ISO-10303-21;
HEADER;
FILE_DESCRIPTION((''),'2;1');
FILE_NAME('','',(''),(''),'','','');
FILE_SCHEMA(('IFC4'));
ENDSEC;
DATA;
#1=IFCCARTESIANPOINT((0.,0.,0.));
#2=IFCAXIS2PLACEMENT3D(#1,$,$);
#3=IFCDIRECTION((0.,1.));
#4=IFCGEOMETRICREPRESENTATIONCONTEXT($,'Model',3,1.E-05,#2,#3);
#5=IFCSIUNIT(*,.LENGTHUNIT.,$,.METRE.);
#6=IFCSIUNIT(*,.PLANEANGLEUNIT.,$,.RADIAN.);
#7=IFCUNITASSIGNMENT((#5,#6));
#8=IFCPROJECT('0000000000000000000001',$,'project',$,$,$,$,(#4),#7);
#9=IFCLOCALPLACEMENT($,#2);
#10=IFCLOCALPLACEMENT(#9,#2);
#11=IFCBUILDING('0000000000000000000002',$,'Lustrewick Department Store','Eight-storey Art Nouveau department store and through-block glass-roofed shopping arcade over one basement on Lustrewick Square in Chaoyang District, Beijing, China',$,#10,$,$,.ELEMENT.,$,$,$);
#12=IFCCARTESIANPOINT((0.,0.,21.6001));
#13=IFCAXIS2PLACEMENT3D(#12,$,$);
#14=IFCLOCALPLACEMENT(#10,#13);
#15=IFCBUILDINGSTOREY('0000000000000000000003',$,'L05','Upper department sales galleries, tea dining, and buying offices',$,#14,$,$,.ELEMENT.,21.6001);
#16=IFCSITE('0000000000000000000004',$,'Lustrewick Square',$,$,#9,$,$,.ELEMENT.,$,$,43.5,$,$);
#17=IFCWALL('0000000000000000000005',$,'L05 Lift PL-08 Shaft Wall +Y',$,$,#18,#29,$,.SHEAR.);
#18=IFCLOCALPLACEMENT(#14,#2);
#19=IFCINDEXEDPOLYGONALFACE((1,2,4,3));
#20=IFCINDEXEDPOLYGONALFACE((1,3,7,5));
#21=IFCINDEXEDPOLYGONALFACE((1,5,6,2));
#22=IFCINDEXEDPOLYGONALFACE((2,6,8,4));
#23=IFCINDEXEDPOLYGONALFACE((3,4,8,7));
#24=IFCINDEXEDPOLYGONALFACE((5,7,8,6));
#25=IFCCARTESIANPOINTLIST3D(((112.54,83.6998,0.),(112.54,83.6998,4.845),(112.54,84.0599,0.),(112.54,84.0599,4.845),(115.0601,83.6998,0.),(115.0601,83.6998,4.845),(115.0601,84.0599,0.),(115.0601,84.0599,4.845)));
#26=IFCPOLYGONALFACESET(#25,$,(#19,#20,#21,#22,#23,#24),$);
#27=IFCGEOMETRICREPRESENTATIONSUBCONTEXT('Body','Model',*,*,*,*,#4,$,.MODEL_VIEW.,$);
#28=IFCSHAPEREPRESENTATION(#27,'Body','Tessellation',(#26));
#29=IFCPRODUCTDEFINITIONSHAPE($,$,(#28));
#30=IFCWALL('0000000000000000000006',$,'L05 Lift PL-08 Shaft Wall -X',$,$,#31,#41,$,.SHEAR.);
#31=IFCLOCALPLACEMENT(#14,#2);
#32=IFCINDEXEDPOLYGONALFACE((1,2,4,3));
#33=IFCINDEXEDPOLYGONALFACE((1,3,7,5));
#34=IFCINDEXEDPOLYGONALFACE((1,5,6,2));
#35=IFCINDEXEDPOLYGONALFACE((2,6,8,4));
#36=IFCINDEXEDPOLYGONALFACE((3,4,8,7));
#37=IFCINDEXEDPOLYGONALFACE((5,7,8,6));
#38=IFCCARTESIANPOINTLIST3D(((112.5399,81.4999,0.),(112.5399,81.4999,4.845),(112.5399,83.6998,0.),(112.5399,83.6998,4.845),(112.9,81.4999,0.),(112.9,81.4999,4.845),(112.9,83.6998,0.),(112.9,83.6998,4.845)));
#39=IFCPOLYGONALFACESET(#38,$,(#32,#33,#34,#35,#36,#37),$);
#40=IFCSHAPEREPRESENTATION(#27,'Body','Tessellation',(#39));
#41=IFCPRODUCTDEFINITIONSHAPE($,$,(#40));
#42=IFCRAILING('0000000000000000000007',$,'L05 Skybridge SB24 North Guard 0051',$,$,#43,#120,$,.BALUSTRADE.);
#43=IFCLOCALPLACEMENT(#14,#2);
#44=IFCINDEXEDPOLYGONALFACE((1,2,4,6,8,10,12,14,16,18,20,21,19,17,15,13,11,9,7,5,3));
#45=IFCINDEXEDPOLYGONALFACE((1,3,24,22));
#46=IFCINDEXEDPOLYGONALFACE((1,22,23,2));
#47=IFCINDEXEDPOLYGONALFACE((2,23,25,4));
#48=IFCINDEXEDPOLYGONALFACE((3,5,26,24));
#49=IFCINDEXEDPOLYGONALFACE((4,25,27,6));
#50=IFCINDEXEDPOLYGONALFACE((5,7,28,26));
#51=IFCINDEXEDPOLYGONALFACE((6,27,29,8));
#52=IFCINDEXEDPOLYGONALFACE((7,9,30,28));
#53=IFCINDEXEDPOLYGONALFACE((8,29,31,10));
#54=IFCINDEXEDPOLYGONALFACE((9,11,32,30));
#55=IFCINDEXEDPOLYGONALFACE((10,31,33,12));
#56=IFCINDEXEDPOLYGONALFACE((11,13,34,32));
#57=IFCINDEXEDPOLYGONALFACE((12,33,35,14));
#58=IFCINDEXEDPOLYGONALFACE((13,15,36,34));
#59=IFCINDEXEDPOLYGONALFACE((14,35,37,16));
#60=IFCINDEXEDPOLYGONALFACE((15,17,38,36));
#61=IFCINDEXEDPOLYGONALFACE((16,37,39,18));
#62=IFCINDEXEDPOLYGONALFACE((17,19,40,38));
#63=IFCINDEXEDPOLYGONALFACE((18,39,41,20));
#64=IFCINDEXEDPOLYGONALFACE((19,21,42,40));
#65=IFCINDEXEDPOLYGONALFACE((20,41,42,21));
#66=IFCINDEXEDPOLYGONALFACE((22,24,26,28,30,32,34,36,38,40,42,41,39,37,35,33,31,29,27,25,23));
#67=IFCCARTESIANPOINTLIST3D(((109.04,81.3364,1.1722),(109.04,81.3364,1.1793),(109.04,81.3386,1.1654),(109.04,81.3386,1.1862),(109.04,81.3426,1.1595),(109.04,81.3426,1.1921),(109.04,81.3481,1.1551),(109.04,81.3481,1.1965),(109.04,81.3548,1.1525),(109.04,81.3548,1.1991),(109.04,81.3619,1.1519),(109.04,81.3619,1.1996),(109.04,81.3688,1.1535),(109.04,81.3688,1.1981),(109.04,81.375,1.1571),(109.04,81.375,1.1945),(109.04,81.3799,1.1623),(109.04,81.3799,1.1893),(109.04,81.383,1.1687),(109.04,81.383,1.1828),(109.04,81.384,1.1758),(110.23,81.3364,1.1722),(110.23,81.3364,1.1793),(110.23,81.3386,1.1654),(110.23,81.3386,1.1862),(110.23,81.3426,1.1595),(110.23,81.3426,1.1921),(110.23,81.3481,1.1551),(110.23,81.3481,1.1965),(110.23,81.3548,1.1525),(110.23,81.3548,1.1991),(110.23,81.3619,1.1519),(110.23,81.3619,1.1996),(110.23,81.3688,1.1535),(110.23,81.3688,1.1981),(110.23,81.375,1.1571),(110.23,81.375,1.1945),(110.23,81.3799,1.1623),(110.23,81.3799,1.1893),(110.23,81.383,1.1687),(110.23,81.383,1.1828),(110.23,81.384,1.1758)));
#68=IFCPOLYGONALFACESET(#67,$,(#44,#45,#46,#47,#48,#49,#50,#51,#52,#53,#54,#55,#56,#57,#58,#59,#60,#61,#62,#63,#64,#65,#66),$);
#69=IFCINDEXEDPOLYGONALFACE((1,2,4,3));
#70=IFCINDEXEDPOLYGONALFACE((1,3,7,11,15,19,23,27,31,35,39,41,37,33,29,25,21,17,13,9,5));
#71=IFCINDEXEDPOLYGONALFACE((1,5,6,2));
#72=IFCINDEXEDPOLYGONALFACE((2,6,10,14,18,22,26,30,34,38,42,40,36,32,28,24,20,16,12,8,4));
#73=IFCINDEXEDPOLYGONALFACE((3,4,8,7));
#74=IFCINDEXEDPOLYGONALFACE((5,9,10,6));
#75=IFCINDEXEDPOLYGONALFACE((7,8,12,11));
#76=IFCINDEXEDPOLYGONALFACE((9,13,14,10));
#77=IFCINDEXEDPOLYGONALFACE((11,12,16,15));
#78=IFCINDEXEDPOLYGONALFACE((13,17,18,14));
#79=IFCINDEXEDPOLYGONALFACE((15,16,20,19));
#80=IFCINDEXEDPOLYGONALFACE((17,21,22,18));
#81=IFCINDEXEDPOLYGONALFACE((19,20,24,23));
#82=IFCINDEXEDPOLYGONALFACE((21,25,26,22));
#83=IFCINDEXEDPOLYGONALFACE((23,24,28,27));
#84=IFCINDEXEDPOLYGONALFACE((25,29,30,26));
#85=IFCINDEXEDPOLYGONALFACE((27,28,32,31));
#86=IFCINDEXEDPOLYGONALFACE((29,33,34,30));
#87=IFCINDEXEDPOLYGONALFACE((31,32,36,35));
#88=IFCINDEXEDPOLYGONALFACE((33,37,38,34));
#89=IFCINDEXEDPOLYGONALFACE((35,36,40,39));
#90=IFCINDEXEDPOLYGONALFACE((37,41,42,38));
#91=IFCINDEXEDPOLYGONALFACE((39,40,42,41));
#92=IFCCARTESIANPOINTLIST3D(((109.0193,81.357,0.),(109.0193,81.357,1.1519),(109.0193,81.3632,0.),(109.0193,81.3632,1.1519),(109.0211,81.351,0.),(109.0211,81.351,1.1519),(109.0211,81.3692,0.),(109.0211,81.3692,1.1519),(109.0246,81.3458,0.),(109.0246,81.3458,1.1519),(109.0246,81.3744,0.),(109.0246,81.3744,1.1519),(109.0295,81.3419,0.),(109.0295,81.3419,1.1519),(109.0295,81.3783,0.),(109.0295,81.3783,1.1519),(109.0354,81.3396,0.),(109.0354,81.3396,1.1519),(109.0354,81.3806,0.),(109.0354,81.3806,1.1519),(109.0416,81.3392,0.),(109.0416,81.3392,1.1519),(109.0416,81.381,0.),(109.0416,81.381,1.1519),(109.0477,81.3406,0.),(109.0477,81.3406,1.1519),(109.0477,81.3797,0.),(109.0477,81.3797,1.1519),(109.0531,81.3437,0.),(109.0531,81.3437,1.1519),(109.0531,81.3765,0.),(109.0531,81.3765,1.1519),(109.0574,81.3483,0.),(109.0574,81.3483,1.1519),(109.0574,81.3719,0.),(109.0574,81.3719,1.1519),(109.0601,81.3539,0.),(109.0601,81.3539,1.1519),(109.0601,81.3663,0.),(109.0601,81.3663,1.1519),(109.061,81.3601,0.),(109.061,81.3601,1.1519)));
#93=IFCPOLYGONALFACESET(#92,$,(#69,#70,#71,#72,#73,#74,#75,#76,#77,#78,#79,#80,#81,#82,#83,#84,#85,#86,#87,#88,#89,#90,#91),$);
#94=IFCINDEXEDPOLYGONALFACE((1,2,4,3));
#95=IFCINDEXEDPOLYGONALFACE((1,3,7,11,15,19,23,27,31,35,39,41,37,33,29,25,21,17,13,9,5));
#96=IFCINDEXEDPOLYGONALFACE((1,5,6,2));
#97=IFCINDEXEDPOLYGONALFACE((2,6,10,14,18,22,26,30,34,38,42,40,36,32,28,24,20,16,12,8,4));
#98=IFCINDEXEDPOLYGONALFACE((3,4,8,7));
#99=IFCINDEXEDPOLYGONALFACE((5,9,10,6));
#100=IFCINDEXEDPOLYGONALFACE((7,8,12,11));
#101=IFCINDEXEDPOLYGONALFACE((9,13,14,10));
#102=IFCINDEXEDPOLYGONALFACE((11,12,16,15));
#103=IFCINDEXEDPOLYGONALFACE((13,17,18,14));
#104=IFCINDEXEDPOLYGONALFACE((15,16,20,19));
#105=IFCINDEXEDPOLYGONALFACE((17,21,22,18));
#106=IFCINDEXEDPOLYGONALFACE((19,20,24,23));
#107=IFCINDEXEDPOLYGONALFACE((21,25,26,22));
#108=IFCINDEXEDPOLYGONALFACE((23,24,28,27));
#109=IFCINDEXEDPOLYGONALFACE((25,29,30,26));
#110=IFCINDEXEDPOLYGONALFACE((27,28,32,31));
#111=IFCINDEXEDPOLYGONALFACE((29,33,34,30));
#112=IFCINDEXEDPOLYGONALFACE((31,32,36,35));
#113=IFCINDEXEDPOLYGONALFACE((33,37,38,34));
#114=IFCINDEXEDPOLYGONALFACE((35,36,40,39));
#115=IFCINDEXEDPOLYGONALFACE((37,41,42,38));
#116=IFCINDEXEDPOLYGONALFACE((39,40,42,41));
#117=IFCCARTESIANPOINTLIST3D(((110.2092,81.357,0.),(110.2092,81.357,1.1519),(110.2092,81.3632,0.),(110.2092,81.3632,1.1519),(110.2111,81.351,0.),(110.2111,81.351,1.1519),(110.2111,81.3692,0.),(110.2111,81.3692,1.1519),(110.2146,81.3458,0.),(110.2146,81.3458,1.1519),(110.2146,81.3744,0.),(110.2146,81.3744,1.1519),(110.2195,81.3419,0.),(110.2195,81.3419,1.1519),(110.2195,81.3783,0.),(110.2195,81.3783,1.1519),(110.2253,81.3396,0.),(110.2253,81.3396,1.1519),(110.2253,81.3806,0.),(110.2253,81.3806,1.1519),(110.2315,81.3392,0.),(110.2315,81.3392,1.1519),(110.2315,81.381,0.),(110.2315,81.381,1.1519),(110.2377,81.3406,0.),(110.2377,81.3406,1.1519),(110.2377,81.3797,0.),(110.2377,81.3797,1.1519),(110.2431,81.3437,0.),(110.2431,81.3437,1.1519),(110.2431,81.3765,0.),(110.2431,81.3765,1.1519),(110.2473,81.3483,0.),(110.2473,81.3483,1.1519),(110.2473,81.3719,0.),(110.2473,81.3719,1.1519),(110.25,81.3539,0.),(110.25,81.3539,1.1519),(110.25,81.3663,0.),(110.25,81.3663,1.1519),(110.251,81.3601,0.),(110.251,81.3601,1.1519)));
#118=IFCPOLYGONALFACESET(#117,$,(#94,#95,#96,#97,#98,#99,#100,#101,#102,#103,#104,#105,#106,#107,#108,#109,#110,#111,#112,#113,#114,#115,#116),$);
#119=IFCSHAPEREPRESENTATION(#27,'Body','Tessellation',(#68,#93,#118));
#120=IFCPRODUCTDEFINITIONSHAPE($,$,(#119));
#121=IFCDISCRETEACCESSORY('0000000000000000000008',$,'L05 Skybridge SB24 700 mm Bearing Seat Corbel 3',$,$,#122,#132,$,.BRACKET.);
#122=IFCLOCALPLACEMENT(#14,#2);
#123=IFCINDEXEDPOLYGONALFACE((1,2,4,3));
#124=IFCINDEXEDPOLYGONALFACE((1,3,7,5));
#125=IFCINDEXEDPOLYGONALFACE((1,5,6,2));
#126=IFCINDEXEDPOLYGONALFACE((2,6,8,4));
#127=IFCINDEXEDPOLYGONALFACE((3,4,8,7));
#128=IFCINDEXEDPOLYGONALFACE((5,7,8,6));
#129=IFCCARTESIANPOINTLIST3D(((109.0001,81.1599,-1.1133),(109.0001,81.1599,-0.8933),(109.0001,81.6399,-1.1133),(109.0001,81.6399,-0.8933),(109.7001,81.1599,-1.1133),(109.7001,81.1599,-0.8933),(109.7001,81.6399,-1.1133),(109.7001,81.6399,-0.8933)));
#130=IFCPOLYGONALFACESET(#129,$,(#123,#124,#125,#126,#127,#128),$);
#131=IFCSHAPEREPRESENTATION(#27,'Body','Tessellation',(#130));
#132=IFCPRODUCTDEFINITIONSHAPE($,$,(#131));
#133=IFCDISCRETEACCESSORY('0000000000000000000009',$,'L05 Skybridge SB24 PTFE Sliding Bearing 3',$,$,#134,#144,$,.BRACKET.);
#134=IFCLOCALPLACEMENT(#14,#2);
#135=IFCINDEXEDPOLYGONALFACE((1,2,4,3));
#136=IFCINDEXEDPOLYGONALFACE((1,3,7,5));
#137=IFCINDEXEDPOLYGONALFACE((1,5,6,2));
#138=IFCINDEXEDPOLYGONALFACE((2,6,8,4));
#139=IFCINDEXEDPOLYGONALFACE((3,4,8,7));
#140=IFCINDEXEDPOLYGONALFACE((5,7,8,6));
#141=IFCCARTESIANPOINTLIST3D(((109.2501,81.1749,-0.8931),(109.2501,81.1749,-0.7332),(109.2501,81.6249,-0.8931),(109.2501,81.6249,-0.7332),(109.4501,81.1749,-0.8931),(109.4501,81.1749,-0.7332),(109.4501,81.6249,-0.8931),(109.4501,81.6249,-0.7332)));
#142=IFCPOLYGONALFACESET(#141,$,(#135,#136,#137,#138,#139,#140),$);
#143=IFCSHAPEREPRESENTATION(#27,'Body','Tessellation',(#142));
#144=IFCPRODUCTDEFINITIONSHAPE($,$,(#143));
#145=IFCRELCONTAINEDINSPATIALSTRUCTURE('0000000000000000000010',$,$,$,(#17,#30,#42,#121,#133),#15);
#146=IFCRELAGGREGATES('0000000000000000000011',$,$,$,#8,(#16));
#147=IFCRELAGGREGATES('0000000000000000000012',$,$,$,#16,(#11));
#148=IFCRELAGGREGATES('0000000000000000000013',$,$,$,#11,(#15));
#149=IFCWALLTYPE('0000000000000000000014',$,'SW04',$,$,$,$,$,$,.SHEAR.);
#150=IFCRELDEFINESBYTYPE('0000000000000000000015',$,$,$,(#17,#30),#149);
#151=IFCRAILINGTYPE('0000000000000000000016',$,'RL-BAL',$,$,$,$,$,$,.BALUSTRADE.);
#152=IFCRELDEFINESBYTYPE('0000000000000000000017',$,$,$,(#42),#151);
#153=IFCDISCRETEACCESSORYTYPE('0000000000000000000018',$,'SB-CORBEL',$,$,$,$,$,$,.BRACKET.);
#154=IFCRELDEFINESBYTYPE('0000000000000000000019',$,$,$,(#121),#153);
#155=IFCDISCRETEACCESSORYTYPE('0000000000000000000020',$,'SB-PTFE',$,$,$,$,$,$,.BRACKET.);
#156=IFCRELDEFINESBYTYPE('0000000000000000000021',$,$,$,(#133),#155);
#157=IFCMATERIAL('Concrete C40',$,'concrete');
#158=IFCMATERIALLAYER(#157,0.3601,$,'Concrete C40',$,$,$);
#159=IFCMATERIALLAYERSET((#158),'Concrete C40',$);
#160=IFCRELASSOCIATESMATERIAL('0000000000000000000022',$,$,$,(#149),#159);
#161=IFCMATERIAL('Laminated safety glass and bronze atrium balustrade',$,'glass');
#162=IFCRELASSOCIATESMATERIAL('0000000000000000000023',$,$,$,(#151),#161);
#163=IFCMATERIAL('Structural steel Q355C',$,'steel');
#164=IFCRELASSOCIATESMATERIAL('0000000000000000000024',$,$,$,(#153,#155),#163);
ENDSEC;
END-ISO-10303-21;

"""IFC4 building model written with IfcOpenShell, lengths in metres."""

from ifc_helpers import new_model, si_unit, direction, frame, frame_2d, origin, origin_2d, place, context, subcontext, project, spatial, rectangle, circle, extrude, material, layer, layer_set, type_object, element, save


model = new_model("IFC4")

# Units and contexts
model_context = context("Model", 3, precision=1e-05, world=origin(), true_north=direction((0.0, 1.0)))
body_context = subcontext(model_context, "Body", "Model", "MODEL_VIEW")
ifc_project = project(units=[si_unit("LENGTHUNIT", "METRE"), si_unit("PLANEANGLEUNIT", "RADIAN")], contexts=[model_context])

# Site, building, storey
site_placement = place(None, origin())
site = spatial("IfcSite", under=ifc_project, at=site_placement, Name="Lustrewick Square", CompositionType="ELEMENT", RefElevation=43.5)
building_placement = place(site_placement, origin())
building = spatial("IfcBuilding", under=site, at=building_placement, Name="Lustrewick Department Store", Description="Eight-storey Art Nouveau department store and through-block glass-roofed shopping arcade over one basement on Lustrewick Square in Chaoyang District, Beijing, China", CompositionType="ELEMENT")
storey_placement = place(building_placement, frame((0.0, 0.0, 21.6001)))
storey = spatial("IfcBuildingStorey", under=building, at=storey_placement, Name="L05", Description="Upper department sales galleries, tea dining, and buying offices", CompositionType="ELEMENT", Elevation=21.6001)

# Shared definitions
ifc_material_1 = material(Name="Structural steel Q355C", Category="steel")

# Shared definitions
ifc_material_2 = material(Name="Concrete C40", Category="concrete")
ifc_layer_1 = layer(ifc_material_2, 0.3601, Name="Concrete C40")
ifc_layer_set_1 = layer_set([ifc_layer_1], Name="Concrete C40")
wall_type_1 = type_object("IfcWallType", Name="SW04", PredefinedType="SHEAR", material=ifc_layer_set_1)

# Walls
wall_1_placement = place(storey_placement, frame((115.0601, 83.8799, 0.0), z_axis=(0.0, 0.0, 1.0), x_axis=(-1.0, 0.0, 0.0)))
element("IfcWall", 1, at=wall_1_placement, inside=storey, type_object=wall_type_1, Name="L05 Lift PL-08 Shaft Wall +Y", PredefinedType="SHEAR", context=body_context, shape_type="SweptSolid", body=[
    extrude(rectangle(XDim=2.52, YDim=0.3601, at=frame_2d((1.26, 0.0))), origin(), (0.0, 0.0, 1.0), 4.845),
])
wall_2_placement = place(storey_placement, frame((112.72, 83.7, 0.0), z_axis=(0.0, 0.0, 1.0), x_axis=(0.0, -1.0, 0.0)))
element("IfcWall", 2, at=wall_2_placement, inside=storey, type_object=wall_type_1, Name="L05 Lift PL-08 Shaft Wall -X", PredefinedType="SHEAR", context=body_context, shape_type="SweptSolid", body=[
    extrude(rectangle(XDim=2.2, YDim=0.3601, at=frame_2d((1.1001, 0.0))), origin(), (0.0, 0.0, 1.0), 4.845),
])

# Railing
ifc_material_3 = material(Name="Laminated safety glass and bronze atrium balustrade", Category="glass")
railing_type = type_object("IfcRailingType", Name="RL-BAL", PredefinedType="BALUSTRADE", material=ifc_material_3)
railing_placement = place(storey_placement, frame((109.04, 81.3601, 0.0)))
element("IfcRailing", 3, at=railing_placement, inside=storey, type_object=railing_type, Name="L05 Skybridge SB24 North Guard 0051", PredefinedType="BALUSTRADE", context=body_context, shape_type="SweptSolid", body=[
    extrude(circle(Radius=0.0239, at=origin_2d()), frame((0.0, 0.0, 1.1758), z_axis=(1.0, 0.0, 0.0), x_axis=(0.0, 1.0, 0.0)), (0.0, 0.0, 1.0), 1.1899),
    extrude(circle(Radius=0.021, at=origin_2d()), origin(), (0.0, 0.0, 1.0), 1.1519),
    extrude(circle(Radius=0.021, at=origin_2d()), frame((1.1899, 0.0, 0.0)), (0.0, 0.0, 1.0), 1.1519),
])

# Discrete accessories
discrete_accessory_type_1 = type_object("IfcDiscreteAccessoryType", Name="SB-CORBEL", PredefinedType="BRACKET", material=ifc_material_1)
discrete_accessory_1_placement = place(storey_placement, frame((109.3501, 81.3999, -1.1133), z_axis=(0.0, 0.0, 1.0), x_axis=(1.0, 0.0, 0.0)))
element("IfcDiscreteAccessory", 4, at=discrete_accessory_1_placement, inside=storey, type_object=discrete_accessory_type_1, Name="L05 Skybridge SB24 700 mm Bearing Seat Corbel 3", PredefinedType="BRACKET", context=body_context, shape_type="SweptSolid", body=[
    extrude(rectangle(XDim=0.7, YDim=0.48, at=origin_2d()), origin(), (0.0, 0.0, 1.0), 0.22),
])
discrete_accessory_type_2 = type_object("IfcDiscreteAccessoryType", Name="SB-PTFE", PredefinedType="BRACKET", material=ifc_material_1)
discrete_accessory_2_placement = place(storey_placement, frame((109.3501, 81.3999, -0.8931), z_axis=(0.0, 0.0, 1.0), x_axis=(1.0, 0.0, 0.0)))
element("IfcDiscreteAccessory", 5, at=discrete_accessory_2_placement, inside=storey, type_object=discrete_accessory_type_2, Name="L05 Skybridge SB24 PTFE Sliding Bearing 3", PredefinedType="BRACKET", context=body_context, shape_type="SweptSolid", body=[
    extrude(rectangle(XDim=0.2, YDim=0.45, at=origin_2d()), origin(), (0.0, 0.0, 1.0), 0.1599),
])

save(model, "model.ifc")
